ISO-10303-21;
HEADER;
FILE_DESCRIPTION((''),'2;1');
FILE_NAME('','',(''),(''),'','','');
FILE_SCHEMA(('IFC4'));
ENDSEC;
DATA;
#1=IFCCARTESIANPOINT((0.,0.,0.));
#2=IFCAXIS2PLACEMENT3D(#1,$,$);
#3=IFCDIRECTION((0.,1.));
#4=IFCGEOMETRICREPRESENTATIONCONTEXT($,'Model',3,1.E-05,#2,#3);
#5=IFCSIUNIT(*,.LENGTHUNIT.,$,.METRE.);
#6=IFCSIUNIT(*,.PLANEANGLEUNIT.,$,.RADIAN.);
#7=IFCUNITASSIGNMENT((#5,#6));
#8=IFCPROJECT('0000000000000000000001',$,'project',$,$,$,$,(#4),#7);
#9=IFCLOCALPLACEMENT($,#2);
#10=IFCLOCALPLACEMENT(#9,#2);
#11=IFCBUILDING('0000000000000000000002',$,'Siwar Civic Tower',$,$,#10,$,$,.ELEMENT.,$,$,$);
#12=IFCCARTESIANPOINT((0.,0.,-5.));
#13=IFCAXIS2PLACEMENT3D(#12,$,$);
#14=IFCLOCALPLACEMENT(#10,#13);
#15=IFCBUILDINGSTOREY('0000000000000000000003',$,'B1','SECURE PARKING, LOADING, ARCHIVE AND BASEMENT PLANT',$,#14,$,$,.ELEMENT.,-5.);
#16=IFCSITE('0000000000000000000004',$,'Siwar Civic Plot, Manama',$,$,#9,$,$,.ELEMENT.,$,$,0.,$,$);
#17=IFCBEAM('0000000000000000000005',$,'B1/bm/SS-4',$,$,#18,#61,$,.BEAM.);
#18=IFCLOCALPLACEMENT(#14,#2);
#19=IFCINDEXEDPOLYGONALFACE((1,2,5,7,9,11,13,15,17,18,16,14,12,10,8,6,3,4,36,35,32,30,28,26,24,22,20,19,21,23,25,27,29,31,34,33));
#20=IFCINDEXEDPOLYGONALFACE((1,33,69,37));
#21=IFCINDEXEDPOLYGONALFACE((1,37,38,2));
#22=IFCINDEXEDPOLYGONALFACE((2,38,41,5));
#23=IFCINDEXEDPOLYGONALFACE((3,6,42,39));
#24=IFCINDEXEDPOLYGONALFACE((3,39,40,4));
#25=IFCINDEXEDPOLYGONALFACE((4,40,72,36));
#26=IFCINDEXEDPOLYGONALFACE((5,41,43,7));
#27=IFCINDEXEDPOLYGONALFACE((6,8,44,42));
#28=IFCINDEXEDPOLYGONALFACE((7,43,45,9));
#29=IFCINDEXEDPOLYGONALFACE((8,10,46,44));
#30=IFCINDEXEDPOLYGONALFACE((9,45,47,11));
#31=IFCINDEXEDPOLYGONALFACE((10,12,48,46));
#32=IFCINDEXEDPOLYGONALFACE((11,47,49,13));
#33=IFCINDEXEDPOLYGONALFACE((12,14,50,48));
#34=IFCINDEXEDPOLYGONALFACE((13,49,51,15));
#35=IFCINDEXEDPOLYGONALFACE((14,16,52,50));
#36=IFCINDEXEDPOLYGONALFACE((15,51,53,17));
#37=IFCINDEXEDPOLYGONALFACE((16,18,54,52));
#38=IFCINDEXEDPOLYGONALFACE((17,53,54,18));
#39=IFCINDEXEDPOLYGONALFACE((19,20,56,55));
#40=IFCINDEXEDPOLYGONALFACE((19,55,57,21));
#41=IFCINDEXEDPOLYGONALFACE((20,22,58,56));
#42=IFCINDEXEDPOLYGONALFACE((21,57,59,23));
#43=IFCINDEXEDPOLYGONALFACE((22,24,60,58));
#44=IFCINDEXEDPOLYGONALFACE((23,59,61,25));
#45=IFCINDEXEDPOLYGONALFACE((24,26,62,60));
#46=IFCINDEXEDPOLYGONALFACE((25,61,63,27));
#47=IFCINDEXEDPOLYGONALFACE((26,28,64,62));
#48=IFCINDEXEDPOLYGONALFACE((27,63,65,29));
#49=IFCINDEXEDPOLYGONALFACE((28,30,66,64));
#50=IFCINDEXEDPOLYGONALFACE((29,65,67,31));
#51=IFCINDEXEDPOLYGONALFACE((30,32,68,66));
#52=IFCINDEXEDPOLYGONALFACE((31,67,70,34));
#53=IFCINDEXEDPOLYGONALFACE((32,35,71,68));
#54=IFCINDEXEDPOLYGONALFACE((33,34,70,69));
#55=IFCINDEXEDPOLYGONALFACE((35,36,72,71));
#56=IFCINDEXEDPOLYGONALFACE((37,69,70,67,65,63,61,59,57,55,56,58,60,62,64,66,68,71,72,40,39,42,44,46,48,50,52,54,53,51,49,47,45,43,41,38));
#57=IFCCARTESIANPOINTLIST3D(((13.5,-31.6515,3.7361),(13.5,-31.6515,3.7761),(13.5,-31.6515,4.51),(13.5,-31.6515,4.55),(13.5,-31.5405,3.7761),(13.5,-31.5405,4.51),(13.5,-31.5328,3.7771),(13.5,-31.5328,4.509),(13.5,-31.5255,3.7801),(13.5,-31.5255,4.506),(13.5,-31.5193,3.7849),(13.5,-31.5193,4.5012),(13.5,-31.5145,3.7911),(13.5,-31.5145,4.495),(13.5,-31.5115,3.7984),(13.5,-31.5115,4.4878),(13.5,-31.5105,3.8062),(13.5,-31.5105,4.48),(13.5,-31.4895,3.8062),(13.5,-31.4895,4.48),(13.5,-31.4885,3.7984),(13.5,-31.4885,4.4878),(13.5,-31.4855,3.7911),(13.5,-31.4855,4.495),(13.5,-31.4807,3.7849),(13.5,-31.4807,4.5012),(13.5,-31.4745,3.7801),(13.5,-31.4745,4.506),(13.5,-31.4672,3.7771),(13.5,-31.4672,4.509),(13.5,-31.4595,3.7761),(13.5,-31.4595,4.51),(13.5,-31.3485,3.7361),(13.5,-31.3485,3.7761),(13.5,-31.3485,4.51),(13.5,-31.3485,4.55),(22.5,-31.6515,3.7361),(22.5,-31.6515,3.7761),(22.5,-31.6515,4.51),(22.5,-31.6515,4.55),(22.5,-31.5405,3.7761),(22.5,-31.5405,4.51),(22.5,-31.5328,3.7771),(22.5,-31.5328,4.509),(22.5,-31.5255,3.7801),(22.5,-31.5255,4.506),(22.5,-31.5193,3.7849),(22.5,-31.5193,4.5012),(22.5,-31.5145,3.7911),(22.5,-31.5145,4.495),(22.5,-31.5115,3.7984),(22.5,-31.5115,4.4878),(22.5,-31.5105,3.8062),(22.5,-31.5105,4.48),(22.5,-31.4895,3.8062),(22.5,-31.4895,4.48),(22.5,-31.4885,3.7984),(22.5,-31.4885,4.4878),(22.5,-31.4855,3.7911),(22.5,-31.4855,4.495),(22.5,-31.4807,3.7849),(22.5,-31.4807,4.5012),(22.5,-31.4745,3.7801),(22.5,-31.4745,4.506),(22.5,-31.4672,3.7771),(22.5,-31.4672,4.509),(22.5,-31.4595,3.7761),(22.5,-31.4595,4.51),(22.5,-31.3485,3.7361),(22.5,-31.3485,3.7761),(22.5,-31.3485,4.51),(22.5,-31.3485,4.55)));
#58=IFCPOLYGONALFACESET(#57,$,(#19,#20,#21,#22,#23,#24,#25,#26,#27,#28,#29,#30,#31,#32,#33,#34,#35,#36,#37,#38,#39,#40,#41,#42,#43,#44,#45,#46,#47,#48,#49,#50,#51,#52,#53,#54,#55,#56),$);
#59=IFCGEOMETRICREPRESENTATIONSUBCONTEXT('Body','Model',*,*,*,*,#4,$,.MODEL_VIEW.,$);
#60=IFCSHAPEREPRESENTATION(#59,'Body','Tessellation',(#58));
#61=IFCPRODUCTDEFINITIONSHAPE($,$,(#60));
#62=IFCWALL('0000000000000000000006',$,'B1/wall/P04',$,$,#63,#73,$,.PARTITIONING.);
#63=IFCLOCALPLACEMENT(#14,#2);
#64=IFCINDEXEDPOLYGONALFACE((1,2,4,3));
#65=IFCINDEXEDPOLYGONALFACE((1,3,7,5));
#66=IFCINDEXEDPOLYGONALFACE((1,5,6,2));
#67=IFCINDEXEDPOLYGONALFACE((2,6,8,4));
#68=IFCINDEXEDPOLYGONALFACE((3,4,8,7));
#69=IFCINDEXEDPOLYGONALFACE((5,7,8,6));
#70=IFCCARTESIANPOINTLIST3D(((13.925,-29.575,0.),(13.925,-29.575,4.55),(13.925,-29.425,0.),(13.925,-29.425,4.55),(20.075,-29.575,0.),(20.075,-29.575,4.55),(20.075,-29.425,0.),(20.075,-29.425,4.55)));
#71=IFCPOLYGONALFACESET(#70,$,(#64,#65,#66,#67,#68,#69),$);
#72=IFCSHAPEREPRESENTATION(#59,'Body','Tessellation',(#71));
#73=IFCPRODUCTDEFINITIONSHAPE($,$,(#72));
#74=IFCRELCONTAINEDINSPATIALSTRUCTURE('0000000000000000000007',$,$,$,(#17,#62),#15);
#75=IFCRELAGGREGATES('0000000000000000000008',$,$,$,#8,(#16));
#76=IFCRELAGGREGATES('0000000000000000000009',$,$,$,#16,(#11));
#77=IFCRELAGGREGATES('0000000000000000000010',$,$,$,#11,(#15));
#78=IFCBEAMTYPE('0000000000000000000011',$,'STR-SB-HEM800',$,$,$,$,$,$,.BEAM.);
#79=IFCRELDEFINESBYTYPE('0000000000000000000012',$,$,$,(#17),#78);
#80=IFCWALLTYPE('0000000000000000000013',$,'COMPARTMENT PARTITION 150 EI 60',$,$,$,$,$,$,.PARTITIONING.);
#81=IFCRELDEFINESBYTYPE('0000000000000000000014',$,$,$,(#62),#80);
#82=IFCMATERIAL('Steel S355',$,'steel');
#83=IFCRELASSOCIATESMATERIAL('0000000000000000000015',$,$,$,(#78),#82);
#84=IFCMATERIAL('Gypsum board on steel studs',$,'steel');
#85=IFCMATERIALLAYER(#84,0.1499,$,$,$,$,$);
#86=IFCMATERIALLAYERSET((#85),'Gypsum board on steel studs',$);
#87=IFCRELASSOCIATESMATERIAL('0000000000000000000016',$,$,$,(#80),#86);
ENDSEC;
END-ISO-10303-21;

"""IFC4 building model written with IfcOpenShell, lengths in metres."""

from ifc_helpers import new_model, si_unit, direction, frame, frame_2d, origin, origin_2d, place, context, subcontext, project, spatial, rectangle, i_section, extrude, material, layer, layer_set, material_profile, profile_set, type_object, element, save


model = new_model("IFC4")

# Units and contexts
model_context = context("Model", 3, precision=1e-05, world=origin(), true_north=direction((0.0, 1.0)))
body_context = subcontext(model_context, "Body", "Model", "MODEL_VIEW")
ifc_project = project(units=[si_unit("LENGTHUNIT", "METRE"), si_unit("PLANEANGLEUNIT", "RADIAN")], contexts=[model_context])

# Site, building, storey
site_placement = place(None, origin())
site = spatial("IfcSite", under=ifc_project, at=site_placement, Name="Siwar Civic Plot, Manama", CompositionType="ELEMENT", RefElevation=0.0)
building_placement = place(site_placement, origin())
building = spatial("IfcBuilding", under=site, at=building_placement, Name="Siwar Civic Tower", CompositionType="ELEMENT")
storey_placement = place(building_placement, frame((0.0, 0.0, -5.0)))
storey = spatial("IfcBuildingStorey", under=building, at=storey_placement, Name="B1", Description="SECURE PARKING, LOADING, ARCHIVE AND BASEMENT PLANT", CompositionType="ELEMENT", Elevation=-5.0)

# Beam
ifc_material_1 = material(Name="Steel S355", Category="steel")
ifc_material_profile_1 = material_profile(ifc_material_1, i_section(OverallWidth=0.303, OverallDepth=0.814, WebThickness=0.021, FlangeThickness=0.04, FilletRadius=0.03, at=origin_2d()), Name="HEM800")
ifc_profile_set_1 = profile_set([ifc_material_profile_1], Name="Steel S355")
beam_type_1 = type_object("IfcBeamType", Name="STR-SB-HEM800", PredefinedType="BEAM", material=ifc_profile_set_1)
for number, where, z_axis, x_axis, name in (
    (1, (13.5, -31.5, 4.1431), (1.0, 0.0, 0.0), (0.0, 1.0, 0.0), "B1/bm/SS-4"),
):
    element("IfcBeam", number, at=place(storey_placement, frame(where, z_axis=z_axis, x_axis=x_axis)), inside=storey, type_object=beam_type_1, Name=name, PredefinedType="BEAM", context=body_context, shape_type="SweptSolid", body=[
        extrude(i_section(OverallWidth=0.303, OverallDepth=0.814, WebThickness=0.021, FlangeThickness=0.04, FilletRadius=0.03, at=origin_2d()), origin(), (0.0, 0.0, 1.0), 9.0),
    ])

# Wall
ifc_material_2 = material(Name="Gypsum board on steel studs", Category="steel")
ifc_layer = layer(ifc_material_2, 0.1499)
ifc_layer_set = layer_set([ifc_layer], Name="Gypsum board on steel studs")
wall_type = type_object("IfcWallType", Name="COMPARTMENT PARTITION 150 EI 60", PredefinedType="PARTITIONING", material=ifc_layer_set)
wall_placement = place(storey_placement, frame((13.925, -29.5, 0.0), z_axis=(0.0, 0.0, 1.0), x_axis=(1.0, 0.0, 0.0)))
element("IfcWall", 2, at=wall_placement, inside=storey, type_object=wall_type, Name="B1/wall/P04", PredefinedType="PARTITIONING", context=body_context, shape_type="SweptSolid", body=[
    extrude(rectangle(XDim=6.1499, YDim=0.1499, at=frame_2d((3.075, 0.0))), origin(), (0.0, 0.0, 1.0), 4.55),
])

save(model, "model.ifc")
